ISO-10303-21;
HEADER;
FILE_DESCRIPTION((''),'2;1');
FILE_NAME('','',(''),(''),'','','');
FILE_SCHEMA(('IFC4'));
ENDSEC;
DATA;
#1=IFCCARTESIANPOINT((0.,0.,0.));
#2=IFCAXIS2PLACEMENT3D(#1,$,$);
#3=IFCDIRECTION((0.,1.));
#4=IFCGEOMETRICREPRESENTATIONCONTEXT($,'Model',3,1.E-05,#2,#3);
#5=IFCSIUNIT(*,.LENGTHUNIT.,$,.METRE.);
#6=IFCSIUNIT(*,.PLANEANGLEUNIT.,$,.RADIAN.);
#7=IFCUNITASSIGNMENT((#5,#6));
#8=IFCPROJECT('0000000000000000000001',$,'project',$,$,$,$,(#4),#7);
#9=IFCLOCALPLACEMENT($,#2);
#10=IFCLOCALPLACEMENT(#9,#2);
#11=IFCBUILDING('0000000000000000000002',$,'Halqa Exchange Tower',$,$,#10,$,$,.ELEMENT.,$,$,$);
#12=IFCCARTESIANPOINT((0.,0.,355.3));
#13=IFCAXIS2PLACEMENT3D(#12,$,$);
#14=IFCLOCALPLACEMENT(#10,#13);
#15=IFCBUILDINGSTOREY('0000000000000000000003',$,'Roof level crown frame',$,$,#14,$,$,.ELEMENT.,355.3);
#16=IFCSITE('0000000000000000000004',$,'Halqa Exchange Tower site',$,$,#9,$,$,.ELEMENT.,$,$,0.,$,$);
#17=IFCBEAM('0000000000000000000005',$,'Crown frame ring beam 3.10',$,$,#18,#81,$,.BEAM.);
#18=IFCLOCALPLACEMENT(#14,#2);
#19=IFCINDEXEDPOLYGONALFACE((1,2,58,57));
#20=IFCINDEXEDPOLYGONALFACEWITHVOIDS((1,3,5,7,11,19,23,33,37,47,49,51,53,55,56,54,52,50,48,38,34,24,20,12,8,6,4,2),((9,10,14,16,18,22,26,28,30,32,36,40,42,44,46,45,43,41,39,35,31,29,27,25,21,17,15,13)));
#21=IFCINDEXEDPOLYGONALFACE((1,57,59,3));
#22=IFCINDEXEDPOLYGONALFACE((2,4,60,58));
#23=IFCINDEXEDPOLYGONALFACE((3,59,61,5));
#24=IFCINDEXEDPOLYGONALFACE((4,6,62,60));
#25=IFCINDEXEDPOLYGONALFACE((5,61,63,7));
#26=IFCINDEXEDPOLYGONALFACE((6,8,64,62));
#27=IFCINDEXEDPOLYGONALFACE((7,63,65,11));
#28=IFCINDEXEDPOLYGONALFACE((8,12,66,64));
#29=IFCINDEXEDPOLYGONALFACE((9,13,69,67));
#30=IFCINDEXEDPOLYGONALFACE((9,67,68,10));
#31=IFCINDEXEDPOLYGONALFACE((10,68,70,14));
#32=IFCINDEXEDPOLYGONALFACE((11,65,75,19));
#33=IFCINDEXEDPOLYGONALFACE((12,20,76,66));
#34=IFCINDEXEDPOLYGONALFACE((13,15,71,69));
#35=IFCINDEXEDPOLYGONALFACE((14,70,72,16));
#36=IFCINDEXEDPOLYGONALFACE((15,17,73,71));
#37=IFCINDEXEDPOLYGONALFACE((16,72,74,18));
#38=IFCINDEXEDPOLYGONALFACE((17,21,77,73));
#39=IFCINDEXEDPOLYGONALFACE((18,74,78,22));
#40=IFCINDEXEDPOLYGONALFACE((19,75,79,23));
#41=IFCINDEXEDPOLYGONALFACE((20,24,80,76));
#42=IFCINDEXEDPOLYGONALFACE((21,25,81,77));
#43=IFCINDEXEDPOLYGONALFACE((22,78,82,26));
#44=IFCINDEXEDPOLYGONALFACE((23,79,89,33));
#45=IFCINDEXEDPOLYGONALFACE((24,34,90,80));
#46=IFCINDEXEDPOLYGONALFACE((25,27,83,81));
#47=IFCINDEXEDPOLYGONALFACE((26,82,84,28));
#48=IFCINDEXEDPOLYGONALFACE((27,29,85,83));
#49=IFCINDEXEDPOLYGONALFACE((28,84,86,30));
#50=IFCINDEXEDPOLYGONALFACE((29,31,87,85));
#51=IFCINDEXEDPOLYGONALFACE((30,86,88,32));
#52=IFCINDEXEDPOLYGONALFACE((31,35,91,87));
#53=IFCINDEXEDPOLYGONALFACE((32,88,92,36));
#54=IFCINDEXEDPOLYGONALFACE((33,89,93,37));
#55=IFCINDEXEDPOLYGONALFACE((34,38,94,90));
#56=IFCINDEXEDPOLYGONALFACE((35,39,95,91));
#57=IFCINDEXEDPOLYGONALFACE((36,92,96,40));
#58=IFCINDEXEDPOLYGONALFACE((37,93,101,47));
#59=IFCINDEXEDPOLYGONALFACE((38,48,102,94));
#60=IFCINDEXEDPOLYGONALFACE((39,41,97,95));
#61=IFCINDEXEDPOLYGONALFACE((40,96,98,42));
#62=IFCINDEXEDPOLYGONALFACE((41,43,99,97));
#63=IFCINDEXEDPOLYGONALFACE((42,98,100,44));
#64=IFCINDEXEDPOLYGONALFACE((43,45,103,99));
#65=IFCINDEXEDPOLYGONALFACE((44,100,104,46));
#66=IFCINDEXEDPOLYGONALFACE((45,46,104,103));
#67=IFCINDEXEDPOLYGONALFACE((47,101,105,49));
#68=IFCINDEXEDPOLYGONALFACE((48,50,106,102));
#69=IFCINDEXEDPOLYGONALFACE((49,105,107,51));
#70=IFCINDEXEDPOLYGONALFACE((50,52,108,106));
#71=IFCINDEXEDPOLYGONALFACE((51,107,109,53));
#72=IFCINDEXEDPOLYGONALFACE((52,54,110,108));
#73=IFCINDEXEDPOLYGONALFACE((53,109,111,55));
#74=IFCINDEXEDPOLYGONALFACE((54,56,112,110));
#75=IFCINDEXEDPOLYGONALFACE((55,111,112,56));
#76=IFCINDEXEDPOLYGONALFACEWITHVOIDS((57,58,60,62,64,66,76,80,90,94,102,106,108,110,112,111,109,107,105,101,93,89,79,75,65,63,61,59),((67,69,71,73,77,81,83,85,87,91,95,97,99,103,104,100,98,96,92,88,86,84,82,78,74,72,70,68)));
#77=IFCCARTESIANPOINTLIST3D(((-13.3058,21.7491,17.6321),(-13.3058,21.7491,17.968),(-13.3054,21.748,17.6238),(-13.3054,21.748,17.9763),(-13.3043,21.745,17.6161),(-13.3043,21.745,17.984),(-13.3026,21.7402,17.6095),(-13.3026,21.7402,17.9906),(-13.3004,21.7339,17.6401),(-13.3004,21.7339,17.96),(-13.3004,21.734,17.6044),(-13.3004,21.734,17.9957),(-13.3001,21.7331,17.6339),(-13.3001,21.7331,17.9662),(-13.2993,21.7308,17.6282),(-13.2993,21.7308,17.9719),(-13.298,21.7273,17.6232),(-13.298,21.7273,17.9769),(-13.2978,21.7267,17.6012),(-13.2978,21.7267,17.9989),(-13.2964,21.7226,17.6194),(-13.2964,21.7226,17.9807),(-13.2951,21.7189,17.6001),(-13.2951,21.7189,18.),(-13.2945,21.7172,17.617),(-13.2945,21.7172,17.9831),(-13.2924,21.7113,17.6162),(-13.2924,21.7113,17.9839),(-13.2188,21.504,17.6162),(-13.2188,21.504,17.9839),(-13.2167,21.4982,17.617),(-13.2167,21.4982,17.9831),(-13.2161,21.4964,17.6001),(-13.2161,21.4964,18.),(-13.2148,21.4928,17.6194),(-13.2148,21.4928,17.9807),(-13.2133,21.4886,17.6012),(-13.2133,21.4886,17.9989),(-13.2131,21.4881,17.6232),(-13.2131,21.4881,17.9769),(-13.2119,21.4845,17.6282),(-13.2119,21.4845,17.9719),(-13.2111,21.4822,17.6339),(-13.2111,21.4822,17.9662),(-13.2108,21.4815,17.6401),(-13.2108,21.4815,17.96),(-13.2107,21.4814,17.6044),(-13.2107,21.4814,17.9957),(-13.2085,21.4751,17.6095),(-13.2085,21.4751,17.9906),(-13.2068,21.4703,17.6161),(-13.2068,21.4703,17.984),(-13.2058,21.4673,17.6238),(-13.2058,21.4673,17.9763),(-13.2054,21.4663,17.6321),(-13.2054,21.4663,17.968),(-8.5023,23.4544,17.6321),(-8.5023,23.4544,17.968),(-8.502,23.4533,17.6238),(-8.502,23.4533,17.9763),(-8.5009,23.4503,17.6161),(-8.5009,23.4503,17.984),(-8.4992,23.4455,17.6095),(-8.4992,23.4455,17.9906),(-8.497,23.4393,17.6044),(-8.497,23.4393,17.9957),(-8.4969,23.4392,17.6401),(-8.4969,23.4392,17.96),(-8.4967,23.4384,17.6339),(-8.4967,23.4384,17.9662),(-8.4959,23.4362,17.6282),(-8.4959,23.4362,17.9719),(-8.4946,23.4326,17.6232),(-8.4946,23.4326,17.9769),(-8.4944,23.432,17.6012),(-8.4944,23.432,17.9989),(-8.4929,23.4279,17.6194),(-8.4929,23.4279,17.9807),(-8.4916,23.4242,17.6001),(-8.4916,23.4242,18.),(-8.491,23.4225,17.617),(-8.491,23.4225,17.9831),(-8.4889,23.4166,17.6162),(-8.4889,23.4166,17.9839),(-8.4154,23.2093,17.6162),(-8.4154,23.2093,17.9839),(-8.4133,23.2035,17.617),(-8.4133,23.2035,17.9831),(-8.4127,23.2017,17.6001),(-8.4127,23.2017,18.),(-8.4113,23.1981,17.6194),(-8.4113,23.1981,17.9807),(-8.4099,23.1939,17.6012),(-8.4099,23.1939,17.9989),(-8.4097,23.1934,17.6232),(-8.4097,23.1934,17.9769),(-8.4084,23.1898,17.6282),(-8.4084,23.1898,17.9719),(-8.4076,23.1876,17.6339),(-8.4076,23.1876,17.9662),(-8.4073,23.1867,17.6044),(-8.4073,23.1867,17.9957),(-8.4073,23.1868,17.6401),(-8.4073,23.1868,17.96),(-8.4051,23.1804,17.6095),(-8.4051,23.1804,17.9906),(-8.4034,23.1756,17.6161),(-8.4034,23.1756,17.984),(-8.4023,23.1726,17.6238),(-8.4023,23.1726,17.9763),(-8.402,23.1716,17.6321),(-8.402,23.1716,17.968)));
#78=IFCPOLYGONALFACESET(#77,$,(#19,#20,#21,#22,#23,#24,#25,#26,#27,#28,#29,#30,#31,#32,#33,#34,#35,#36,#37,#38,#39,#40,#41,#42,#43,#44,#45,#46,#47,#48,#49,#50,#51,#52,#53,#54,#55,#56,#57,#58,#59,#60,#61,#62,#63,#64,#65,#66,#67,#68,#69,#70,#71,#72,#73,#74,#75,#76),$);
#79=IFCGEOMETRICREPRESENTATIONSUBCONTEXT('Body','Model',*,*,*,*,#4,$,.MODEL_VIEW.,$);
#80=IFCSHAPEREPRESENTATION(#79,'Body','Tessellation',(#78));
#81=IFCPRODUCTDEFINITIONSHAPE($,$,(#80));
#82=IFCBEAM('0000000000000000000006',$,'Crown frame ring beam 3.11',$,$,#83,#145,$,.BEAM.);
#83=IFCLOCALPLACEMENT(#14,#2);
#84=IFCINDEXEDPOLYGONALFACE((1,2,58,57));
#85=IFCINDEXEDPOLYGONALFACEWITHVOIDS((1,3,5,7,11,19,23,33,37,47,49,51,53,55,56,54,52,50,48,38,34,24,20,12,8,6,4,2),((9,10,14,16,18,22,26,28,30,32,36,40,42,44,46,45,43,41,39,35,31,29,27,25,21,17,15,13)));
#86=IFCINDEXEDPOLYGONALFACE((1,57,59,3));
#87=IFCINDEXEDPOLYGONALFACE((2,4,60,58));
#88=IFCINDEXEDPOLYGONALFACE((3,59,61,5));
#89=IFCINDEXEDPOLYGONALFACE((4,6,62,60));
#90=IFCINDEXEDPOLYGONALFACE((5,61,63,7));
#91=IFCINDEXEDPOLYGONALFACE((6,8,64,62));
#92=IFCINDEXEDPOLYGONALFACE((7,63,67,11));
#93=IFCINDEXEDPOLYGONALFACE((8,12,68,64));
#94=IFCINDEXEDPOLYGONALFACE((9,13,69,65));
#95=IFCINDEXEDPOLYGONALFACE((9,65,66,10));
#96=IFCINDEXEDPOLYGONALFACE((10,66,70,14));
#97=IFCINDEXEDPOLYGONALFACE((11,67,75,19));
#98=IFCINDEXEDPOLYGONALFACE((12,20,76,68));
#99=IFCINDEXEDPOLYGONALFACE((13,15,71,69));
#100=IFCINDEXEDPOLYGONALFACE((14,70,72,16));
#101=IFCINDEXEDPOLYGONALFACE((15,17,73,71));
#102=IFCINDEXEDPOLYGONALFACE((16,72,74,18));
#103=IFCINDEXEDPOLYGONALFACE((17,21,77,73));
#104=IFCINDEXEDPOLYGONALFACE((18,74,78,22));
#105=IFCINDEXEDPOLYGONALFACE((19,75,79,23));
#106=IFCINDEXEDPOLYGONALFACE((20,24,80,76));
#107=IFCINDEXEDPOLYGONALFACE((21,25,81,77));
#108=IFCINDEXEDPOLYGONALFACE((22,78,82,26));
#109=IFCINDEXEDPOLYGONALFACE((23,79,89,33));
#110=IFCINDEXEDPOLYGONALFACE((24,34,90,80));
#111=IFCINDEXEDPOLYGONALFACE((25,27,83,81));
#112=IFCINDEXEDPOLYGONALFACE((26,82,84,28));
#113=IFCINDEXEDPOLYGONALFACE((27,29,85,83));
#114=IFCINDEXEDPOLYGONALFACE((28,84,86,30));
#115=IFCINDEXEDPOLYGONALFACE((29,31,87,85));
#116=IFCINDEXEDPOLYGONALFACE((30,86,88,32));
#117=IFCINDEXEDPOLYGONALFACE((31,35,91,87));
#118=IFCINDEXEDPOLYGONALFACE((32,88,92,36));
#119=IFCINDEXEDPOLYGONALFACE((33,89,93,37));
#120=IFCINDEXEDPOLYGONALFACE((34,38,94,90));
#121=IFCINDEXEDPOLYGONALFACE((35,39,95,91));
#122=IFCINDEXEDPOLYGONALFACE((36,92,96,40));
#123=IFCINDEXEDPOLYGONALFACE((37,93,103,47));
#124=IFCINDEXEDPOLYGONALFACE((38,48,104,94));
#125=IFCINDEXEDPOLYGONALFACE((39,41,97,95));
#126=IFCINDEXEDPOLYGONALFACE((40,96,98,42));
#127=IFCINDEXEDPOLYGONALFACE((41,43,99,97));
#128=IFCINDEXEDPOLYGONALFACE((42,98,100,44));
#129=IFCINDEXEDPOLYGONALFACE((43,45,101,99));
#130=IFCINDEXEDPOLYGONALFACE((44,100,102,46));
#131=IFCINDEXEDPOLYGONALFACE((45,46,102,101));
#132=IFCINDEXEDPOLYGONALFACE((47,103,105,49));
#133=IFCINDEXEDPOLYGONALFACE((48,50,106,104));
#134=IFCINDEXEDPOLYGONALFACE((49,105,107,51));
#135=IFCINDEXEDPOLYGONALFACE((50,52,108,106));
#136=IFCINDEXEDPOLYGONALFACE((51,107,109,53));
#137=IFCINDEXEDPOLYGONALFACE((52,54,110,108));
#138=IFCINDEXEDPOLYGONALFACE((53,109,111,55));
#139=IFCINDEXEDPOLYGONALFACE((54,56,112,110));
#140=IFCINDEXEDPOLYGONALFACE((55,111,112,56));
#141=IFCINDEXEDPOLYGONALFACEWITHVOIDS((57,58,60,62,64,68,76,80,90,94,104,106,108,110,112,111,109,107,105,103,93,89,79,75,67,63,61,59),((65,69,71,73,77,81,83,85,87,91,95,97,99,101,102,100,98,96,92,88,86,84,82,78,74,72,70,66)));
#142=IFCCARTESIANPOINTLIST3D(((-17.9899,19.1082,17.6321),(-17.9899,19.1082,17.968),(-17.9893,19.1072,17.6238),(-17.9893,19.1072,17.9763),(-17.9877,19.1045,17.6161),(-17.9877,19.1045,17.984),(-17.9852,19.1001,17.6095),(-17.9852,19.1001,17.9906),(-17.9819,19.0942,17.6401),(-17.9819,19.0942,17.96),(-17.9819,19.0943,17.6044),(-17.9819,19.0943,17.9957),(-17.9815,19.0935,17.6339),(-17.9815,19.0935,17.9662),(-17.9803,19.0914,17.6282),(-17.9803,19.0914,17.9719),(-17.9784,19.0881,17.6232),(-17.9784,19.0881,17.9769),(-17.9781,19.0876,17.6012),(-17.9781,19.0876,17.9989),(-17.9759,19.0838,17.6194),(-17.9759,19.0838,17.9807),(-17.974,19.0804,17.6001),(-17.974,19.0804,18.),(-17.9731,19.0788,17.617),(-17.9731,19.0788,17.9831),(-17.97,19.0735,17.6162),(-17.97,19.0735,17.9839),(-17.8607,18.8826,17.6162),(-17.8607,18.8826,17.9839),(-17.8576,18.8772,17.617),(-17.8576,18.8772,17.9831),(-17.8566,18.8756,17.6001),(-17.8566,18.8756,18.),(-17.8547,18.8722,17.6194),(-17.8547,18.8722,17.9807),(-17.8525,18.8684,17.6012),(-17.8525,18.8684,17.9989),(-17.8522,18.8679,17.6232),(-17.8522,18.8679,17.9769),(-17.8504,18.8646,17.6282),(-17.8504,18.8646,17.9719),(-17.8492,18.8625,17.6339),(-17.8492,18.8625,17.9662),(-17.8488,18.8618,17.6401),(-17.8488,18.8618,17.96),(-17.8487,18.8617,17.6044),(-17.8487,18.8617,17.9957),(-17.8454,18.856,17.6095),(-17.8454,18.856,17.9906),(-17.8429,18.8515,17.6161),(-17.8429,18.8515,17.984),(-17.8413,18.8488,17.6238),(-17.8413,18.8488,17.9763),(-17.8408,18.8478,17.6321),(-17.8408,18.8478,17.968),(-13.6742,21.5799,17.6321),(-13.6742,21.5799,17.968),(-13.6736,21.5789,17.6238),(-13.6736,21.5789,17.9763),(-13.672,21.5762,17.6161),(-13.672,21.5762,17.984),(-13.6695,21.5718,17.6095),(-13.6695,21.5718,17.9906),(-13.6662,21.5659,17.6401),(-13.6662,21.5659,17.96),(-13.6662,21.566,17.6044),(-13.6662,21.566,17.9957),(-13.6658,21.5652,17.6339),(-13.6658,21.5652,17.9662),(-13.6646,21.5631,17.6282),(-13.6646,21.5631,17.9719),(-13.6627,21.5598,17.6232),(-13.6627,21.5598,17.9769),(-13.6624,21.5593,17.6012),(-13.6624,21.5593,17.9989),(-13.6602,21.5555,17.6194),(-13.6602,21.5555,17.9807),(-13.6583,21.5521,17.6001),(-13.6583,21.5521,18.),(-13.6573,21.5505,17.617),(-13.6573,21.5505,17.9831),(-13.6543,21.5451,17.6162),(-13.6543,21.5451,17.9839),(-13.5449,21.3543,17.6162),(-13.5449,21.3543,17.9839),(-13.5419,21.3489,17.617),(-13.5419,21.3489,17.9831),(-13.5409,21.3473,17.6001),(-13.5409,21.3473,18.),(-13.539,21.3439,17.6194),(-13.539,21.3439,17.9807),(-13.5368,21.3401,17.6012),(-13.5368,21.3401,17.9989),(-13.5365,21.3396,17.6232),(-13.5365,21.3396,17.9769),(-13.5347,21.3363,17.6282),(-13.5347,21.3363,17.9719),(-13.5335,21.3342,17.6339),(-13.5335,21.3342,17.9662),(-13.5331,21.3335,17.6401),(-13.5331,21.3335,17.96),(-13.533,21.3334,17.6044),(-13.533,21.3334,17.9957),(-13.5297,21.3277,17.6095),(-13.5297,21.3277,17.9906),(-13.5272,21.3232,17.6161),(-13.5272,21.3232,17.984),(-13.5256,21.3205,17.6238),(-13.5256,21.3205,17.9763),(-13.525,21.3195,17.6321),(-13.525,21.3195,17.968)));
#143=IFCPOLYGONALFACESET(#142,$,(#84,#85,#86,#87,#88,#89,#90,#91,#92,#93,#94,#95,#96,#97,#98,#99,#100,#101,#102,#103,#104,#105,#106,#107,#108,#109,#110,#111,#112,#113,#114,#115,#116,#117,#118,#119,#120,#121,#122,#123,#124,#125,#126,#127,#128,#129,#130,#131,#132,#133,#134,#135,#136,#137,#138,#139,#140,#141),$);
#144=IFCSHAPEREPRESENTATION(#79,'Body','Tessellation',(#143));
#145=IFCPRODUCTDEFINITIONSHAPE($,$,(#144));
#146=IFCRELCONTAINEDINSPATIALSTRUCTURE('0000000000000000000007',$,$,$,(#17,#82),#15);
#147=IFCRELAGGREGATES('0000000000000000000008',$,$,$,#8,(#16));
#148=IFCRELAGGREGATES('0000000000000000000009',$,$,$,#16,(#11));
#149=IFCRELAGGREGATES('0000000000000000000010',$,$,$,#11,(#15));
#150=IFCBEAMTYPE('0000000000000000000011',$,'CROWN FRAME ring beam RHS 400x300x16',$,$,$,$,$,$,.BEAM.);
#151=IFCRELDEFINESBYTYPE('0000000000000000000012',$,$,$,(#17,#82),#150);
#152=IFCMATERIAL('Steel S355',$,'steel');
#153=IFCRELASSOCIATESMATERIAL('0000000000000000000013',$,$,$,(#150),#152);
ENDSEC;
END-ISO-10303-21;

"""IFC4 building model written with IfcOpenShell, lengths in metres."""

from ifc_helpers import new_model, si_unit, direction, frame, origin, origin_2d, place, context, subcontext, project, spatial, hollow_rectangle, extrude, material, material_profile, profile_set, type_object, element, save


model = new_model("IFC4")

# Units and contexts
model_context = context("Model", 3, precision=1e-05, world=origin(), true_north=direction((0.0, 1.0)))
body_context = subcontext(model_context, "Body", "Model", "MODEL_VIEW")
ifc_project = project(units=[si_unit("LENGTHUNIT", "METRE"), si_unit("PLANEANGLEUNIT", "RADIAN")], contexts=[model_context])

# Site, building, storey
site_placement = place(None, origin())
site = spatial("IfcSite", under=ifc_project, at=site_placement, Name="Halqa Exchange Tower site", CompositionType="ELEMENT", RefElevation=0.0)
building_placement = place(site_placement, origin())
building = spatial("IfcBuilding", under=site, at=building_placement, Name="Halqa Exchange Tower", CompositionType="ELEMENT")
storey_placement = place(building_placement, frame((0.0, 0.0, 355.3)))
storey = spatial("IfcBuildingStorey", under=building, at=storey_placement, Name="Roof level crown frame", CompositionType="ELEMENT", Elevation=355.3)

# Shared definitions
ifc_material_1 = material(Name="Steel S355", Category="steel")

# Beams
ifc_material_profile_1 = material_profile(ifc_material_1, hollow_rectangle(XDim=0.3, YDim=0.3999, WallThickness=0.0161, InnerFilletRadius=0.0239, OuterFilletRadius=0.032, at=origin_2d()), Name="RHS 400x300x16")
ifc_profile_set_1 = profile_set([ifc_material_profile_1], Name="Steel S355")
beam_type_1 = type_object("IfcBeamType", Name="CROWN FRAME ring beam RHS 400x300x16", PredefinedType="BEAM", material=ifc_profile_set_1)
beam_1_placement = place(storey_placement, frame((-8.4521, 23.313, 17.8), z_axis=(-0.942374, -0.334561, 0.0), x_axis=(0.334561, -0.942374, 0.0)))
element("IfcBeam", 1, at=beam_1_placement, inside=storey, type_object=beam_type_1, Name="Crown frame ring beam 3.10", PredefinedType="BEAM", context=body_context, shape_type="SweptSolid", body=[
    extrude(hollow_rectangle(XDim=0.3, YDim=0.3999, WallThickness=0.0161, InnerFilletRadius=0.0239, OuterFilletRadius=0.032, at=origin_2d()), origin(), (0.0, 0.0, 1.0), 5.0972),
])
beam_2_placement = place(storey_placement, frame((-13.5996, 21.4497, 17.8), z_axis=(-0.867759, -0.496985, 0.0), x_axis=(0.496985, -0.867759, 0.0)))
element("IfcBeam", 2, at=beam_2_placement, inside=storey, type_object=beam_type_1, Name="Crown frame ring beam 3.11", PredefinedType="BEAM", context=body_context, shape_type="SweptSolid", body=[
    extrude(hollow_rectangle(XDim=0.3, YDim=0.3999, WallThickness=0.0161, InnerFilletRadius=0.0239, OuterFilletRadius=0.032, at=origin_2d()), origin(), (0.0, 0.0, 1.0), 4.9734),
])

save(model, "model.ifc")
